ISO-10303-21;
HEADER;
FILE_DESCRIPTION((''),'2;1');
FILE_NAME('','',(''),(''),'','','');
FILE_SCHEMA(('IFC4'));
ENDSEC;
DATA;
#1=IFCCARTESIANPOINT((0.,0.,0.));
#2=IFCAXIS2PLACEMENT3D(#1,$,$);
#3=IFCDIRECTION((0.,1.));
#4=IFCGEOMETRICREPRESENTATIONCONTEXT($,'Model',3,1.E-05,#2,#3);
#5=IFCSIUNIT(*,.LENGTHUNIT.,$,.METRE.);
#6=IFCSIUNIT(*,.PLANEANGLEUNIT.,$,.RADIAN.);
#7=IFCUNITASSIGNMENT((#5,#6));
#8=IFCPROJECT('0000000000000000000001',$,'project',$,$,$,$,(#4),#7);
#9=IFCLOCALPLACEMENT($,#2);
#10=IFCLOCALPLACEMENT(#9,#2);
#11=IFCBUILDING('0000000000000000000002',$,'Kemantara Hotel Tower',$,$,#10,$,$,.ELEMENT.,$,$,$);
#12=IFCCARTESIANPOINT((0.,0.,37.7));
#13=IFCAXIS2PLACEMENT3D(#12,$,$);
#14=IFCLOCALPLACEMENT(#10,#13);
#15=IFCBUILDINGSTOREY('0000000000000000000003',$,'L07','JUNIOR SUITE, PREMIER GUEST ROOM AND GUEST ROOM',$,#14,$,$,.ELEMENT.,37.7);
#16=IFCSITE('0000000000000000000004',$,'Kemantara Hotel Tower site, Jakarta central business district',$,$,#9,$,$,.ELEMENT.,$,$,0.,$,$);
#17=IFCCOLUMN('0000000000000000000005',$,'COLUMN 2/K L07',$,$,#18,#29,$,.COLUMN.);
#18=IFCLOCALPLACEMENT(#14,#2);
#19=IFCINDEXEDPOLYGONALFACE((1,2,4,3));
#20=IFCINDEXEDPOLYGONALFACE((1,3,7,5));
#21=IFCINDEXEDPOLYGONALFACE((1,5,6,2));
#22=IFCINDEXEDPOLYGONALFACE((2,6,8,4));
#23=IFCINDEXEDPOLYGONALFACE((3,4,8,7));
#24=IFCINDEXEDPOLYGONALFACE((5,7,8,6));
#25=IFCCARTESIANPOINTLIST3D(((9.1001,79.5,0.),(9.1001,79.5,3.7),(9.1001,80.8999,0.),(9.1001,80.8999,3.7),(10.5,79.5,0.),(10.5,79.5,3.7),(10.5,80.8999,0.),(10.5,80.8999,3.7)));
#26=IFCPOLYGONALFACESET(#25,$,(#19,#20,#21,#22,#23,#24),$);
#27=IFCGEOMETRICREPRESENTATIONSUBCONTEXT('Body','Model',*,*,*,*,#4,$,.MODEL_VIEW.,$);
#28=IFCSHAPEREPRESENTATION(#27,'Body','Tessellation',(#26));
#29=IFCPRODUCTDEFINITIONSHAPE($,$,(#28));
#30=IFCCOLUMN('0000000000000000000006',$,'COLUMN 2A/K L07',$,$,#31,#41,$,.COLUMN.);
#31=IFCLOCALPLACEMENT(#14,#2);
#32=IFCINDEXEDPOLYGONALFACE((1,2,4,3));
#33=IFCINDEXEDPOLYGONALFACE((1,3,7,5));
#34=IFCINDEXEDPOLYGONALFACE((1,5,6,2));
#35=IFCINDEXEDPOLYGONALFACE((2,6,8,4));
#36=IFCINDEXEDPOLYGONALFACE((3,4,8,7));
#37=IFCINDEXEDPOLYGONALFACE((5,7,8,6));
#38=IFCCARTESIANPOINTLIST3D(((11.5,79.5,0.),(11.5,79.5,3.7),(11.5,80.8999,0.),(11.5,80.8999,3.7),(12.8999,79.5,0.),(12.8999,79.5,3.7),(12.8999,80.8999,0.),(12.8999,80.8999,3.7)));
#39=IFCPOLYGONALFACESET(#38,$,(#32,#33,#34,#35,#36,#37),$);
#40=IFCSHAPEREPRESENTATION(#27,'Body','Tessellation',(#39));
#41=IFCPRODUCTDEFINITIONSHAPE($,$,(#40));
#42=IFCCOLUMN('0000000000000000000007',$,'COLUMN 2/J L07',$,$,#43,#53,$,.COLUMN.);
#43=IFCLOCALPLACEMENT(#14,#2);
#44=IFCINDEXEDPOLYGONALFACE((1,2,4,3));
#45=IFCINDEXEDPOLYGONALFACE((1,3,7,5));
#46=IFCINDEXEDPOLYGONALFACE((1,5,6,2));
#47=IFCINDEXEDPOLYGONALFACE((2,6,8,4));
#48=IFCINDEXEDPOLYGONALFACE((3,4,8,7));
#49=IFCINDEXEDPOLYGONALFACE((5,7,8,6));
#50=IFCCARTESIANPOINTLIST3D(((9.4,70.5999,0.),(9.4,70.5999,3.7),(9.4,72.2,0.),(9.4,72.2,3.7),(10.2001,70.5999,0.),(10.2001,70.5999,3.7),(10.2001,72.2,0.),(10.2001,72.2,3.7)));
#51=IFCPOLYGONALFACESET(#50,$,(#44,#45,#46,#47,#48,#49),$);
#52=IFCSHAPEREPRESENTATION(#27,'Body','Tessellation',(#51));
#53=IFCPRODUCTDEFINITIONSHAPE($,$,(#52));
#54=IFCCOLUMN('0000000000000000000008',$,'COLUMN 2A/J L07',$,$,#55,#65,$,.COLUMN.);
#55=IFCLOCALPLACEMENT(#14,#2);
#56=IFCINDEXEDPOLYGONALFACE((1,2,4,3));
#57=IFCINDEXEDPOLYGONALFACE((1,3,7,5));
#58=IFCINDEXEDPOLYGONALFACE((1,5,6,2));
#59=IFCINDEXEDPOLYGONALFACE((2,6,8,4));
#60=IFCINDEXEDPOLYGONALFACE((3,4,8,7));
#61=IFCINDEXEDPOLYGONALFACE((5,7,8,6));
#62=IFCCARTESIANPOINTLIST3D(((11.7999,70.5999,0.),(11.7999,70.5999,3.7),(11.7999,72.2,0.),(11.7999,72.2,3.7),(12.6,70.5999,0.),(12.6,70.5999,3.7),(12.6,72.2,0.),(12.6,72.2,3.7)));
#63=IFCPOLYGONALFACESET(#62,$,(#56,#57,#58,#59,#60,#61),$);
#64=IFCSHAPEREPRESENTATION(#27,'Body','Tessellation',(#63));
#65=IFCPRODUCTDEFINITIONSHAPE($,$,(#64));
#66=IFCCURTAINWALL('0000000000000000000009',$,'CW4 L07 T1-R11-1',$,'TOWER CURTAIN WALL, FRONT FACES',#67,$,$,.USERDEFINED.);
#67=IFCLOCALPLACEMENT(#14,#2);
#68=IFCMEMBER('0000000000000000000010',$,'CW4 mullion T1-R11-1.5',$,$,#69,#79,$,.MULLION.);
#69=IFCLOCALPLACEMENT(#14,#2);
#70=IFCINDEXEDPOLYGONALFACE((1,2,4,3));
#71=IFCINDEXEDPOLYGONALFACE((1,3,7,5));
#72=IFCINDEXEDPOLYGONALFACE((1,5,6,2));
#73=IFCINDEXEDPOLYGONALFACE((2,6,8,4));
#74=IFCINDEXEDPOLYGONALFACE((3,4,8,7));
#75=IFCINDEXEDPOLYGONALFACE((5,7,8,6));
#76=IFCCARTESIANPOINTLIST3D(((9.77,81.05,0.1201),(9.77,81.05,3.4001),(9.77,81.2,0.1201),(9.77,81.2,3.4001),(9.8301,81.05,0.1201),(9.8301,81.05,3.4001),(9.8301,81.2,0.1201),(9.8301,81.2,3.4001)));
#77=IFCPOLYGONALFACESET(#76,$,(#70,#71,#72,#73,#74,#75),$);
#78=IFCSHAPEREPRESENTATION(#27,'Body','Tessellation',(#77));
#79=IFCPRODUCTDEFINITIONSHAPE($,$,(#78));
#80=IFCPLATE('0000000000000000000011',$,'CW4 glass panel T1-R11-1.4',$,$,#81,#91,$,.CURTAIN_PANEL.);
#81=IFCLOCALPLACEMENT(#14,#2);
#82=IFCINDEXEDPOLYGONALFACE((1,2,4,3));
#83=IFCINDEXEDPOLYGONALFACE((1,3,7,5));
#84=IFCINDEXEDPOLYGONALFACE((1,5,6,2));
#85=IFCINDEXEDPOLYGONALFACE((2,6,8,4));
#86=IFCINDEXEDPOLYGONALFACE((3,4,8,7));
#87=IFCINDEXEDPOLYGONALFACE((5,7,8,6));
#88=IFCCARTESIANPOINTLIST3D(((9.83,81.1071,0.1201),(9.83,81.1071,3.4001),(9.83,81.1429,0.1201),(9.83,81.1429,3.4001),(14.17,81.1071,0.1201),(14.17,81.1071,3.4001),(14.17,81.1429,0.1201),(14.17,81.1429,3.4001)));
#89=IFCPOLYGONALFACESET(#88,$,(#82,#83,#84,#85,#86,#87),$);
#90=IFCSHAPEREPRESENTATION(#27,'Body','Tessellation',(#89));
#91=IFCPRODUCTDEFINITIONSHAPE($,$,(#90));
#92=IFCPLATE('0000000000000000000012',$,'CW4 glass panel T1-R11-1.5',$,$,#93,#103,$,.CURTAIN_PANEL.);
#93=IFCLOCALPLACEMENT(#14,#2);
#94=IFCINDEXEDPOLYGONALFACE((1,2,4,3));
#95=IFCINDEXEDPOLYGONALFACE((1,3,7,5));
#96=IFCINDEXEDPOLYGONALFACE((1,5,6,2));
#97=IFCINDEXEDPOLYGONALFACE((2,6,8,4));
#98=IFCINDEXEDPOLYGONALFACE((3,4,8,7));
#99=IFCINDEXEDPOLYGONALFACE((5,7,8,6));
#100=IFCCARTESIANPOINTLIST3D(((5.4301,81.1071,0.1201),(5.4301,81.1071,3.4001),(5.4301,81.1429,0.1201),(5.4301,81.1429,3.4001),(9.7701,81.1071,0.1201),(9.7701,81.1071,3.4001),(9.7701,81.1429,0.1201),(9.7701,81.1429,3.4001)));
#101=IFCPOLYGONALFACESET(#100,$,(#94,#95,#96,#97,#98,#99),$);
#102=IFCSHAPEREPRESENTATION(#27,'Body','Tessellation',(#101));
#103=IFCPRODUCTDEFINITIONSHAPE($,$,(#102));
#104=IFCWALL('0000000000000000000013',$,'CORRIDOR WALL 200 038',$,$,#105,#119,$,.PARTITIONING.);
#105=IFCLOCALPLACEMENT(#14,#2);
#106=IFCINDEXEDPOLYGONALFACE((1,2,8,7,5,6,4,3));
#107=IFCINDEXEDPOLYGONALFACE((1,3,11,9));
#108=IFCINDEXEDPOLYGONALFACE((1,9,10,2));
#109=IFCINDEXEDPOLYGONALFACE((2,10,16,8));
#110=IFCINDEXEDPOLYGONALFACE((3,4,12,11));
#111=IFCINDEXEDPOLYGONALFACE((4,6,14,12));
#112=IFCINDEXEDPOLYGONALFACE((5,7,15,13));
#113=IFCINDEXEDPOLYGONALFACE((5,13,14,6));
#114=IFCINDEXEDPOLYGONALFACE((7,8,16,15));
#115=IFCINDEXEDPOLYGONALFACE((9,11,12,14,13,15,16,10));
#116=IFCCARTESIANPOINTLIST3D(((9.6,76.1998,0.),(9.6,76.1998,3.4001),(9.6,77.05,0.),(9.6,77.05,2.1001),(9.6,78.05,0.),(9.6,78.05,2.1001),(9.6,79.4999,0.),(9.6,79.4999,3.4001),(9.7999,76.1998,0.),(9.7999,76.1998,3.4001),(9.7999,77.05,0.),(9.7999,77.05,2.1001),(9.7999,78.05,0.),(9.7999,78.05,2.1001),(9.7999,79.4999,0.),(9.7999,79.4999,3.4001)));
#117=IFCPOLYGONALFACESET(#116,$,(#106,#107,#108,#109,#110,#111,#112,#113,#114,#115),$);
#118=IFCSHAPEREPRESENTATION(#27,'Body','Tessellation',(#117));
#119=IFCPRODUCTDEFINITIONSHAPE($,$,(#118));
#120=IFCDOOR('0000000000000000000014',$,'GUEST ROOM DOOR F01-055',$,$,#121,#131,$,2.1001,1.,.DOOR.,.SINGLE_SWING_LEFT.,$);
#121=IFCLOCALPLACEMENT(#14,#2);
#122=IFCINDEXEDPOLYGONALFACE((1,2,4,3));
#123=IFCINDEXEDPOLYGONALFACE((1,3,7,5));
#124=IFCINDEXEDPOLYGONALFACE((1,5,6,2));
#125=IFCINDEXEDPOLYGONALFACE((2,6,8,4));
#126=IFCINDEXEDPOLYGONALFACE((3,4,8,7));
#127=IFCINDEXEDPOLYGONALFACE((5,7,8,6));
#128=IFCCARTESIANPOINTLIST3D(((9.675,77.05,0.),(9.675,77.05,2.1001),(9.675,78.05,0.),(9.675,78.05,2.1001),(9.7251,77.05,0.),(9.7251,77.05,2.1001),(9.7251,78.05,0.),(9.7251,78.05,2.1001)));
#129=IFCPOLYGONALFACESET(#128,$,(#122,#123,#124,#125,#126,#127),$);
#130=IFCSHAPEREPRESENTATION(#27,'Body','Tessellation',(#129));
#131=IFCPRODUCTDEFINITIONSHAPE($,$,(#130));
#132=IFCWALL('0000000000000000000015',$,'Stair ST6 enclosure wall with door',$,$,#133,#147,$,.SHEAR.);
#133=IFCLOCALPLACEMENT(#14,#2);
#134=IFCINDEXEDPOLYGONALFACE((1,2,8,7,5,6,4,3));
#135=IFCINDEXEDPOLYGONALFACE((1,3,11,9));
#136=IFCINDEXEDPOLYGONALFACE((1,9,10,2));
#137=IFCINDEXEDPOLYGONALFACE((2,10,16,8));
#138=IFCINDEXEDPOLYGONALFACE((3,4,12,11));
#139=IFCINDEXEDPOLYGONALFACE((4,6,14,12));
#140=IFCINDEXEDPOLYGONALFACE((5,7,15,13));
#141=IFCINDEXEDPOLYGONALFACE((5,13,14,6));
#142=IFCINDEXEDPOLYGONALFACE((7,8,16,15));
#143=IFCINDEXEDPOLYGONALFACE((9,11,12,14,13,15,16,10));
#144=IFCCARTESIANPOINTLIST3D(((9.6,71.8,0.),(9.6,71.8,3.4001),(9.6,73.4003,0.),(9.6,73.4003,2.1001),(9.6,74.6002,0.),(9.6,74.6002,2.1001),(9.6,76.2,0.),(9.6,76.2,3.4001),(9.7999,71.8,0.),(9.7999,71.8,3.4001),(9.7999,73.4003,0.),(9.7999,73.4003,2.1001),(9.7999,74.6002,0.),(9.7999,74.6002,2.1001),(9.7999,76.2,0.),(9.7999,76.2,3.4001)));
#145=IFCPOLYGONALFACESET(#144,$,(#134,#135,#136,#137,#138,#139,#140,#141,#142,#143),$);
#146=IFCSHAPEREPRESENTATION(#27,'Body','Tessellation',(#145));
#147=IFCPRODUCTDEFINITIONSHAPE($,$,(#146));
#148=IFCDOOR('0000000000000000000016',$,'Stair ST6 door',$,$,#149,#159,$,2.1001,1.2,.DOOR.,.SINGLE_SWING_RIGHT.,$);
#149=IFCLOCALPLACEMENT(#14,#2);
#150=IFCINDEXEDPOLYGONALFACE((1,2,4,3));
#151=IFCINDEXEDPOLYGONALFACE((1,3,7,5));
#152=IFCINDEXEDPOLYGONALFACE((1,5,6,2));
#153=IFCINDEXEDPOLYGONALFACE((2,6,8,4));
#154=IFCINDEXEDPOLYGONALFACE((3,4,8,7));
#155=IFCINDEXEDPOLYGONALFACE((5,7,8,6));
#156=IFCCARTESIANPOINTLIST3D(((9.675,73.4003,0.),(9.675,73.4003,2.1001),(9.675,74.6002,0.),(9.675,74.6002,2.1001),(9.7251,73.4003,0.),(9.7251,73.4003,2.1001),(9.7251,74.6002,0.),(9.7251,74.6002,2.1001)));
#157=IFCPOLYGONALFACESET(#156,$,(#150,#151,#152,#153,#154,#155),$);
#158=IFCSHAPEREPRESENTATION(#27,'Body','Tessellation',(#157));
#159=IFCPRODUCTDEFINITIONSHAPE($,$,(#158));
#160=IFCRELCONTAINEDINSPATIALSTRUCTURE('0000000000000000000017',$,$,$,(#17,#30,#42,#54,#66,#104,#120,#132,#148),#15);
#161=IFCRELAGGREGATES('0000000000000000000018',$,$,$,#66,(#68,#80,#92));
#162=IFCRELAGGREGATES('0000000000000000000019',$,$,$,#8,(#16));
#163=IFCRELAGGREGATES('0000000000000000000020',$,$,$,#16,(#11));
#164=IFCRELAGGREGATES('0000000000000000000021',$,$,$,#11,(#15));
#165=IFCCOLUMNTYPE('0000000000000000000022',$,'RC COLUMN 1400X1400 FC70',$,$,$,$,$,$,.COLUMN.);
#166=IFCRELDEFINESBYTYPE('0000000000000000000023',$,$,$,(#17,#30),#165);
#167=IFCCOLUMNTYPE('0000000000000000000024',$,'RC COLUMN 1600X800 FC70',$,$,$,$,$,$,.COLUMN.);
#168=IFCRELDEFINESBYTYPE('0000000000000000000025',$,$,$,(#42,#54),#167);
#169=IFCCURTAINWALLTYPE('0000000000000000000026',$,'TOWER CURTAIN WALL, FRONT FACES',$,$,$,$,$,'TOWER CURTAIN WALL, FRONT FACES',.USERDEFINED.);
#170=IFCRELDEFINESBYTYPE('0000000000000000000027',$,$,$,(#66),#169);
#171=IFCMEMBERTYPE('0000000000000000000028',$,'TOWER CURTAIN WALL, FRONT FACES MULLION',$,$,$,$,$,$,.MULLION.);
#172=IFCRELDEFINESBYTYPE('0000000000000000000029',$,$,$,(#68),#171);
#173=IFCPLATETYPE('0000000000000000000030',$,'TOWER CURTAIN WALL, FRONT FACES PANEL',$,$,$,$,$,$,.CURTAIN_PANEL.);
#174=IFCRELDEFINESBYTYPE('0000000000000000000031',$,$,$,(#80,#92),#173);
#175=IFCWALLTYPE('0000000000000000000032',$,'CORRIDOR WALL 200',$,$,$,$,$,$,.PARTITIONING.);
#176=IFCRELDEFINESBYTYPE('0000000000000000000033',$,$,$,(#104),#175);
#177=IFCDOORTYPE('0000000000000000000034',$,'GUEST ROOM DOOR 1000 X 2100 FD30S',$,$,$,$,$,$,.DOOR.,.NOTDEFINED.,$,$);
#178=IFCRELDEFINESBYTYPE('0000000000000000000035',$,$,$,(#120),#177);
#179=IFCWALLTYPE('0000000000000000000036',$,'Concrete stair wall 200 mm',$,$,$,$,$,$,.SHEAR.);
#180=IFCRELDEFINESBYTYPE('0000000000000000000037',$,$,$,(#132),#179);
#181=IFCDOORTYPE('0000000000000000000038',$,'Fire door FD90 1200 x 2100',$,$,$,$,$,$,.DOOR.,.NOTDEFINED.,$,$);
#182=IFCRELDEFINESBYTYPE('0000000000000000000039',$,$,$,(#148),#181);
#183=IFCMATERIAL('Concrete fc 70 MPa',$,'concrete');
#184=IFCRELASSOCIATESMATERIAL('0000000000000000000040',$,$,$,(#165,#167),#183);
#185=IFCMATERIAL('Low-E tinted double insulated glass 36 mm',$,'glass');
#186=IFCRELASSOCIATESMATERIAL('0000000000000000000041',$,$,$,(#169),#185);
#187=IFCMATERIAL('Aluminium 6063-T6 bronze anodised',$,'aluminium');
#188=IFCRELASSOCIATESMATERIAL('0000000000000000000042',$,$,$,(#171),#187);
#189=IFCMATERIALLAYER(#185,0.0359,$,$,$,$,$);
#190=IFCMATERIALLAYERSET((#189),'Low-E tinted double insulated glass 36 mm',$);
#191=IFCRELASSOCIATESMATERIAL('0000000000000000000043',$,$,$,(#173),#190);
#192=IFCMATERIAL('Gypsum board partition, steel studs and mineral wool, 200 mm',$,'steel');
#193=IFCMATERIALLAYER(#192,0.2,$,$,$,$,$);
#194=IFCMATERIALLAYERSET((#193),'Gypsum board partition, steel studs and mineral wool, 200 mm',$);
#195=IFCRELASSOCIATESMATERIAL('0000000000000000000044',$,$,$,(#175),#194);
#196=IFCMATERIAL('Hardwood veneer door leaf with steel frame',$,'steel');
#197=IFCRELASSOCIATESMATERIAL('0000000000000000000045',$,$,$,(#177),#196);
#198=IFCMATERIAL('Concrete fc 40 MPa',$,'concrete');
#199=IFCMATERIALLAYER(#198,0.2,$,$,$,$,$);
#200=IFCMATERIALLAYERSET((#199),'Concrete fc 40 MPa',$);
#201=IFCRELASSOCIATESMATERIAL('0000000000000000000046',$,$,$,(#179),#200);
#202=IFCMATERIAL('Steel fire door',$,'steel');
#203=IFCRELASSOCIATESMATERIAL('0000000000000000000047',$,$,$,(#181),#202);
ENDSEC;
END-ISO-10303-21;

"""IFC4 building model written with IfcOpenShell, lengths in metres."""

from ifc_helpers import new_model, si_unit, direction, frame, frame_2d, origin, origin_2d, place, context, subcontext, project, spatial, rectangle, extrude, source, transform, mapped, material, layer, layer_set, material_profile, profile_set, type_object, element, fill, aggregate, save


model = new_model("IFC4")

# Units and contexts
model_context = context("Model", 3, precision=1e-05, world=origin(), true_north=direction((0.0, 1.0)))
body_context = subcontext(model_context, "Body", "Model", "MODEL_VIEW")
ifc_project = project(units=[si_unit("LENGTHUNIT", "METRE"), si_unit("PLANEANGLEUNIT", "RADIAN")], contexts=[model_context])

# Site, building, storey
site_placement = place(None, origin())
site = spatial("IfcSite", under=ifc_project, at=site_placement, Name="Kemantara Hotel Tower site, Jakarta central business district", CompositionType="ELEMENT", RefElevation=0.0)
building_placement = place(site_placement, origin())
building = spatial("IfcBuilding", under=site, at=building_placement, Name="Kemantara Hotel Tower", CompositionType="ELEMENT")
storey_placement = place(building_placement, frame((0.0, 0.0, 37.7)))
storey = spatial("IfcBuildingStorey", under=building, at=storey_placement, Name="L07", Description="JUNIOR SUITE, PREMIER GUEST ROOM AND GUEST ROOM", CompositionType="ELEMENT", Elevation=37.7)

# Columns
ifc_material_1 = material(Name="Concrete fc 70 MPa", Category="concrete")
ifc_material_profile_1 = material_profile(ifc_material_1, rectangle(XDim=1.3999, YDim=1.3999, at=origin_2d()), Name="RC 1400X1400")
ifc_profile_set_1 = profile_set([ifc_material_profile_1], Name="Concrete fc 70 MPa")
column_type_1 = type_object("IfcColumnType", Name="RC COLUMN 1400X1400 FC70", PredefinedType="COLUMN", material=ifc_profile_set_1)
for number, where, z_axis, x_axis, name in (
    (1, (9.8, 80.2, 0.0), (0.0, 0.0, 1.0), (1.0, 0.0, 0.0), "COLUMN 2/K L07"),
    (2, (12.2, 80.2, 0.0), (0.0, 0.0, 1.0), (1.0, 0.0, 0.0), "COLUMN 2A/K L07"),
):
    element("IfcColumn", number, at=place(storey_placement, frame(where, z_axis=z_axis, x_axis=x_axis)), inside=storey, type_object=column_type_1, Name=name, PredefinedType="COLUMN", context=body_context, shape_type="SweptSolid", body=[
        extrude(rectangle(XDim=1.3999, YDim=1.3999, at=origin_2d()), origin(), (0.0, 0.0, 1.0), 3.7),
    ])
ifc_material_profile_2 = material_profile(ifc_material_1, rectangle(XDim=1.6001, YDim=0.8, at=origin_2d()), Name="RC 1600X800")
ifc_profile_set_2 = profile_set([ifc_material_profile_2], Name="Concrete fc 70 MPa")
column_type_2 = type_object("IfcColumnType", Name="RC COLUMN 1600X800 FC70", PredefinedType="COLUMN", material=ifc_profile_set_2)
for number, where, z_axis, x_axis, name in (
    (3, (9.8, 71.3999, 0.0), (0.0, 0.0, 1.0), (0.0, 1.0, 0.0), "COLUMN 2/J L07"),
    (4, (12.2, 71.3999, 0.0), (0.0, 0.0, 1.0), (0.0, 1.0, 0.0), "COLUMN 2A/J L07"),
):
    element("IfcColumn", number, at=place(storey_placement, frame(where, z_axis=z_axis, x_axis=x_axis)), inside=storey, type_object=column_type_2, Name=name, PredefinedType="COLUMN", context=body_context, shape_type="SweptSolid", body=[
        extrude(rectangle(XDim=1.6001, YDim=0.8, at=origin_2d()), origin(), (0.0, 0.0, 1.0), 3.7),
    ])

# Curtain wall, member, plates
ifc_material_2 = material(Name="Low-E tinted double insulated glass 36 mm", Category="glass")
curtain_wall_type = type_object("IfcCurtainWallType", Name="TOWER CURTAIN WALL, FRONT FACES", ElementType="TOWER CURTAIN WALL, FRONT FACES", PredefinedType="USERDEFINED", material=ifc_material_2)
curtain_wall_placement = place(storey_placement, origin())
curtain_wall = element("IfcCurtainWall", 5, at=curtain_wall_placement, inside=storey, type_object=curtain_wall_type, Name="CW4 L07 T1-R11-1", ObjectType="TOWER CURTAIN WALL, FRONT FACES", PredefinedType="USERDEFINED")
ifc_material_3 = material(Name="Aluminium 6063-T6 bronze anodised", Category="aluminium")
ifc_material_profile_3 = material_profile(ifc_material_3, rectangle(XDim=0.1499, YDim=0.0601, at=origin_2d()), Name="TOWER CURTAIN WALL, FRONT FACES MULLION")
ifc_profile_set_3 = profile_set([ifc_material_profile_3], Name="Aluminium 6063-T6 bronze anodised")
member_type = type_object("IfcMemberType", Name="TOWER CURTAIN WALL, FRONT FACES MULLION", PredefinedType="MULLION", material=ifc_profile_set_3)
shared_shape_1 = source(origin(), body_context, "Body", "SweptSolid", [
    extrude(rectangle(XDim=0.1499, YDim=0.0601, at=origin_2d()), origin(), (0.0, 0.0, 1.0), 3.28),
])
member_placement = place(storey_placement, frame((9.8, 81.125, 0.1201), z_axis=(0.0, 0.0, 1.0), x_axis=(0.0, -1.0, 0.0)))
member = element("IfcMember", 6, at=member_placement, type_object=member_type, Name="CW4 mullion T1-R11-1.5", PredefinedType="MULLION", context=body_context, shape_type="MappedRepresentation", body=[
    mapped(shared_shape_1, transform((0.0, 0.0, 0.0))),
])
ifc_layer_1 = layer(ifc_material_2, 0.0359)
ifc_layer_set_1 = layer_set([ifc_layer_1], Name="Low-E tinted double insulated glass 36 mm")
plate_type = type_object("IfcPlateType", Name="TOWER CURTAIN WALL, FRONT FACES PANEL", PredefinedType="CURTAIN_PANEL", material=ifc_layer_set_1)
shared_shape_2 = source(origin(), body_context, "Body", "SweptSolid", [
    extrude(rectangle(XDim=4.3401, YDim=0.0359, at=origin_2d()), origin(), (0.0, 0.0, 1.0), 3.28),
])
plate_1_placement = place(storey_placement, frame((12.0, 81.125, 0.1201), z_axis=(0.0, 0.0, 1.0), x_axis=(-1.0, 0.0, 0.0)))
plate_1 = element("IfcPlate", 7, at=plate_1_placement, type_object=plate_type, Name="CW4 glass panel T1-R11-1.4", PredefinedType="CURTAIN_PANEL", context=body_context, shape_type="MappedRepresentation", body=[
    mapped(shared_shape_2, transform((0.0, 0.0, 0.0))),
])
plate_2_placement = place(storey_placement, frame((7.6001, 81.125, 0.1201), z_axis=(0.0, 0.0, 1.0), x_axis=(-1.0, 0.0, 0.0)))
plate_2 = element("IfcPlate", 8, at=plate_2_placement, type_object=plate_type, Name="CW4 glass panel T1-R11-1.5", PredefinedType="CURTAIN_PANEL", context=body_context, shape_type="MappedRepresentation", body=[
    mapped(shared_shape_2, transform((0.0, 0.0, 0.0))),
])
aggregate(curtain_wall, [member, plate_1, plate_2])

# Walls, openings, doors
ifc_material_4 = material(Name="Gypsum board partition, steel studs and mineral wool, 200 mm", Category="steel")
ifc_layer_2 = layer(ifc_material_4, 0.2)
ifc_layer_set_2 = layer_set([ifc_layer_2], Name="Gypsum board partition, steel studs and mineral wool, 200 mm")
wall_type_1 = type_object("IfcWallType", Name="CORRIDOR WALL 200", PredefinedType="PARTITIONING", material=ifc_layer_set_2)
wall_1_placement = place(storey_placement, frame((9.7, 76.2, 0.0), z_axis=(0.0, 0.0, 1.0), x_axis=(0.0, 1.0, 0.0)))
wall_1 = element("IfcWall", 9, at=wall_1_placement, inside=storey, type_object=wall_type_1, Name="CORRIDOR WALL 200 038", PredefinedType="PARTITIONING", context=body_context, shape_type="SweptSolid", body=[
    extrude(rectangle(XDim=3.3, YDim=0.2, at=frame_2d((1.6499, 0.0))), origin(), (0.0, 0.0, 1.0), 3.4001),
])
opening_1_placement = place(wall_1_placement, frame((0.8501, 0.0, 0.0)))
opening_1 = element("IfcOpeningElement", 10, at=opening_1_placement, cuts=wall_1, PredefinedType="OPENING", context=body_context, shape_type="SweptSolid", body=[
    extrude(rectangle(XDim=1.0, YDim=2.1001, at=frame_2d((0.5, 1.05))), frame((0.0, 0.1099, 0.0), z_axis=(0.0, -1.0, 0.0), x_axis=(1.0, 0.0, 0.0)), (0.0, 0.0, 1.0), 0.22),
])
ifc_material_5 = material(Name="Hardwood veneer door leaf with steel frame", Category="steel")
door_type_1 = type_object("IfcDoorType", Name="GUEST ROOM DOOR 1000 X 2100 FD30S", OperationType="NOTDEFINED", PredefinedType="DOOR", material=ifc_material_5)
door_1_placement = place(opening_1_placement, origin())
door_1 = element("IfcDoor", 11, at=door_1_placement, inside=storey, type_object=door_type_1, Name="GUEST ROOM DOOR F01-055", OperationType="SINGLE_SWING_LEFT", OverallHeight=2.1001, OverallWidth=1.0, PredefinedType="DOOR", context=body_context, shape_type="SweptSolid", body=[
    extrude(rectangle(XDim=1.0, YDim=2.1001, at=frame_2d((0.5, 1.05))), frame((0.0, 0.0249, 0.0), z_axis=(0.0, -1.0, 0.0), x_axis=(1.0, 0.0, 0.0)), (0.0, 0.0, 1.0), 0.05),
])
fill(opening_1, door_1)
ifc_material_6 = material(Name="Concrete fc 40 MPa", Category="concrete")
ifc_layer_3 = layer(ifc_material_6, 0.2)
ifc_layer_set_3 = layer_set([ifc_layer_3], Name="Concrete fc 40 MPa")
wall_type_2 = type_object("IfcWallType", Name="Concrete stair wall 200 mm", PredefinedType="SHEAR", material=ifc_layer_set_3)
wall_2_placement = place(storey_placement, frame((9.7, 71.8, 0.0), z_axis=(0.0, 0.0, 1.0), x_axis=(0.0, 1.0, 0.0)))
wall_2 = element("IfcWall", 12, at=wall_2_placement, inside=storey, type_object=wall_type_2, Name="Stair ST6 enclosure wall with door", PredefinedType="SHEAR", context=body_context, shape_type="SweptSolid", body=[
    extrude(rectangle(XDim=4.3999, YDim=0.2, at=frame_2d((2.2, 0.0))), origin(), (0.0, 0.0, 1.0), 3.4001),
])
opening_2_placement = place(wall_2_placement, frame((1.6001, 0.0, 0.0)))
opening_2 = element("IfcOpeningElement", 13, at=opening_2_placement, cuts=wall_2, PredefinedType="OPENING", context=body_context, shape_type="SweptSolid", body=[
    extrude(rectangle(XDim=1.2, YDim=2.1001, at=frame_2d((0.6001, 1.05))), frame((0.0, 0.1099, 0.0), z_axis=(0.0, -1.0, 0.0), x_axis=(1.0, 0.0, 0.0)), (0.0, 0.0, 1.0), 0.22),
])
ifc_material_7 = material(Name="Steel fire door", Category="steel")
door_type_2 = type_object("IfcDoorType", Name="Fire door FD90 1200 x 2100", OperationType="NOTDEFINED", PredefinedType="DOOR", material=ifc_material_7)
door_2_placement = place(opening_2_placement, origin())
door_2 = element("IfcDoor", 14, at=door_2_placement, inside=storey, type_object=door_type_2, Name="Stair ST6 door", OperationType="SINGLE_SWING_RIGHT", OverallHeight=2.1001, OverallWidth=1.2, PredefinedType="DOOR", context=body_context, shape_type="SweptSolid", body=[
    extrude(rectangle(XDim=1.2, YDim=2.1001, at=frame_2d((0.6001, 1.05))), frame((0.0, 0.0249, 0.0), z_axis=(0.0, -1.0, 0.0), x_axis=(1.0, 0.0, 0.0)), (0.0, 0.0, 1.0), 0.05),
])
fill(opening_2, door_2)

save(model, "model.ifc")
